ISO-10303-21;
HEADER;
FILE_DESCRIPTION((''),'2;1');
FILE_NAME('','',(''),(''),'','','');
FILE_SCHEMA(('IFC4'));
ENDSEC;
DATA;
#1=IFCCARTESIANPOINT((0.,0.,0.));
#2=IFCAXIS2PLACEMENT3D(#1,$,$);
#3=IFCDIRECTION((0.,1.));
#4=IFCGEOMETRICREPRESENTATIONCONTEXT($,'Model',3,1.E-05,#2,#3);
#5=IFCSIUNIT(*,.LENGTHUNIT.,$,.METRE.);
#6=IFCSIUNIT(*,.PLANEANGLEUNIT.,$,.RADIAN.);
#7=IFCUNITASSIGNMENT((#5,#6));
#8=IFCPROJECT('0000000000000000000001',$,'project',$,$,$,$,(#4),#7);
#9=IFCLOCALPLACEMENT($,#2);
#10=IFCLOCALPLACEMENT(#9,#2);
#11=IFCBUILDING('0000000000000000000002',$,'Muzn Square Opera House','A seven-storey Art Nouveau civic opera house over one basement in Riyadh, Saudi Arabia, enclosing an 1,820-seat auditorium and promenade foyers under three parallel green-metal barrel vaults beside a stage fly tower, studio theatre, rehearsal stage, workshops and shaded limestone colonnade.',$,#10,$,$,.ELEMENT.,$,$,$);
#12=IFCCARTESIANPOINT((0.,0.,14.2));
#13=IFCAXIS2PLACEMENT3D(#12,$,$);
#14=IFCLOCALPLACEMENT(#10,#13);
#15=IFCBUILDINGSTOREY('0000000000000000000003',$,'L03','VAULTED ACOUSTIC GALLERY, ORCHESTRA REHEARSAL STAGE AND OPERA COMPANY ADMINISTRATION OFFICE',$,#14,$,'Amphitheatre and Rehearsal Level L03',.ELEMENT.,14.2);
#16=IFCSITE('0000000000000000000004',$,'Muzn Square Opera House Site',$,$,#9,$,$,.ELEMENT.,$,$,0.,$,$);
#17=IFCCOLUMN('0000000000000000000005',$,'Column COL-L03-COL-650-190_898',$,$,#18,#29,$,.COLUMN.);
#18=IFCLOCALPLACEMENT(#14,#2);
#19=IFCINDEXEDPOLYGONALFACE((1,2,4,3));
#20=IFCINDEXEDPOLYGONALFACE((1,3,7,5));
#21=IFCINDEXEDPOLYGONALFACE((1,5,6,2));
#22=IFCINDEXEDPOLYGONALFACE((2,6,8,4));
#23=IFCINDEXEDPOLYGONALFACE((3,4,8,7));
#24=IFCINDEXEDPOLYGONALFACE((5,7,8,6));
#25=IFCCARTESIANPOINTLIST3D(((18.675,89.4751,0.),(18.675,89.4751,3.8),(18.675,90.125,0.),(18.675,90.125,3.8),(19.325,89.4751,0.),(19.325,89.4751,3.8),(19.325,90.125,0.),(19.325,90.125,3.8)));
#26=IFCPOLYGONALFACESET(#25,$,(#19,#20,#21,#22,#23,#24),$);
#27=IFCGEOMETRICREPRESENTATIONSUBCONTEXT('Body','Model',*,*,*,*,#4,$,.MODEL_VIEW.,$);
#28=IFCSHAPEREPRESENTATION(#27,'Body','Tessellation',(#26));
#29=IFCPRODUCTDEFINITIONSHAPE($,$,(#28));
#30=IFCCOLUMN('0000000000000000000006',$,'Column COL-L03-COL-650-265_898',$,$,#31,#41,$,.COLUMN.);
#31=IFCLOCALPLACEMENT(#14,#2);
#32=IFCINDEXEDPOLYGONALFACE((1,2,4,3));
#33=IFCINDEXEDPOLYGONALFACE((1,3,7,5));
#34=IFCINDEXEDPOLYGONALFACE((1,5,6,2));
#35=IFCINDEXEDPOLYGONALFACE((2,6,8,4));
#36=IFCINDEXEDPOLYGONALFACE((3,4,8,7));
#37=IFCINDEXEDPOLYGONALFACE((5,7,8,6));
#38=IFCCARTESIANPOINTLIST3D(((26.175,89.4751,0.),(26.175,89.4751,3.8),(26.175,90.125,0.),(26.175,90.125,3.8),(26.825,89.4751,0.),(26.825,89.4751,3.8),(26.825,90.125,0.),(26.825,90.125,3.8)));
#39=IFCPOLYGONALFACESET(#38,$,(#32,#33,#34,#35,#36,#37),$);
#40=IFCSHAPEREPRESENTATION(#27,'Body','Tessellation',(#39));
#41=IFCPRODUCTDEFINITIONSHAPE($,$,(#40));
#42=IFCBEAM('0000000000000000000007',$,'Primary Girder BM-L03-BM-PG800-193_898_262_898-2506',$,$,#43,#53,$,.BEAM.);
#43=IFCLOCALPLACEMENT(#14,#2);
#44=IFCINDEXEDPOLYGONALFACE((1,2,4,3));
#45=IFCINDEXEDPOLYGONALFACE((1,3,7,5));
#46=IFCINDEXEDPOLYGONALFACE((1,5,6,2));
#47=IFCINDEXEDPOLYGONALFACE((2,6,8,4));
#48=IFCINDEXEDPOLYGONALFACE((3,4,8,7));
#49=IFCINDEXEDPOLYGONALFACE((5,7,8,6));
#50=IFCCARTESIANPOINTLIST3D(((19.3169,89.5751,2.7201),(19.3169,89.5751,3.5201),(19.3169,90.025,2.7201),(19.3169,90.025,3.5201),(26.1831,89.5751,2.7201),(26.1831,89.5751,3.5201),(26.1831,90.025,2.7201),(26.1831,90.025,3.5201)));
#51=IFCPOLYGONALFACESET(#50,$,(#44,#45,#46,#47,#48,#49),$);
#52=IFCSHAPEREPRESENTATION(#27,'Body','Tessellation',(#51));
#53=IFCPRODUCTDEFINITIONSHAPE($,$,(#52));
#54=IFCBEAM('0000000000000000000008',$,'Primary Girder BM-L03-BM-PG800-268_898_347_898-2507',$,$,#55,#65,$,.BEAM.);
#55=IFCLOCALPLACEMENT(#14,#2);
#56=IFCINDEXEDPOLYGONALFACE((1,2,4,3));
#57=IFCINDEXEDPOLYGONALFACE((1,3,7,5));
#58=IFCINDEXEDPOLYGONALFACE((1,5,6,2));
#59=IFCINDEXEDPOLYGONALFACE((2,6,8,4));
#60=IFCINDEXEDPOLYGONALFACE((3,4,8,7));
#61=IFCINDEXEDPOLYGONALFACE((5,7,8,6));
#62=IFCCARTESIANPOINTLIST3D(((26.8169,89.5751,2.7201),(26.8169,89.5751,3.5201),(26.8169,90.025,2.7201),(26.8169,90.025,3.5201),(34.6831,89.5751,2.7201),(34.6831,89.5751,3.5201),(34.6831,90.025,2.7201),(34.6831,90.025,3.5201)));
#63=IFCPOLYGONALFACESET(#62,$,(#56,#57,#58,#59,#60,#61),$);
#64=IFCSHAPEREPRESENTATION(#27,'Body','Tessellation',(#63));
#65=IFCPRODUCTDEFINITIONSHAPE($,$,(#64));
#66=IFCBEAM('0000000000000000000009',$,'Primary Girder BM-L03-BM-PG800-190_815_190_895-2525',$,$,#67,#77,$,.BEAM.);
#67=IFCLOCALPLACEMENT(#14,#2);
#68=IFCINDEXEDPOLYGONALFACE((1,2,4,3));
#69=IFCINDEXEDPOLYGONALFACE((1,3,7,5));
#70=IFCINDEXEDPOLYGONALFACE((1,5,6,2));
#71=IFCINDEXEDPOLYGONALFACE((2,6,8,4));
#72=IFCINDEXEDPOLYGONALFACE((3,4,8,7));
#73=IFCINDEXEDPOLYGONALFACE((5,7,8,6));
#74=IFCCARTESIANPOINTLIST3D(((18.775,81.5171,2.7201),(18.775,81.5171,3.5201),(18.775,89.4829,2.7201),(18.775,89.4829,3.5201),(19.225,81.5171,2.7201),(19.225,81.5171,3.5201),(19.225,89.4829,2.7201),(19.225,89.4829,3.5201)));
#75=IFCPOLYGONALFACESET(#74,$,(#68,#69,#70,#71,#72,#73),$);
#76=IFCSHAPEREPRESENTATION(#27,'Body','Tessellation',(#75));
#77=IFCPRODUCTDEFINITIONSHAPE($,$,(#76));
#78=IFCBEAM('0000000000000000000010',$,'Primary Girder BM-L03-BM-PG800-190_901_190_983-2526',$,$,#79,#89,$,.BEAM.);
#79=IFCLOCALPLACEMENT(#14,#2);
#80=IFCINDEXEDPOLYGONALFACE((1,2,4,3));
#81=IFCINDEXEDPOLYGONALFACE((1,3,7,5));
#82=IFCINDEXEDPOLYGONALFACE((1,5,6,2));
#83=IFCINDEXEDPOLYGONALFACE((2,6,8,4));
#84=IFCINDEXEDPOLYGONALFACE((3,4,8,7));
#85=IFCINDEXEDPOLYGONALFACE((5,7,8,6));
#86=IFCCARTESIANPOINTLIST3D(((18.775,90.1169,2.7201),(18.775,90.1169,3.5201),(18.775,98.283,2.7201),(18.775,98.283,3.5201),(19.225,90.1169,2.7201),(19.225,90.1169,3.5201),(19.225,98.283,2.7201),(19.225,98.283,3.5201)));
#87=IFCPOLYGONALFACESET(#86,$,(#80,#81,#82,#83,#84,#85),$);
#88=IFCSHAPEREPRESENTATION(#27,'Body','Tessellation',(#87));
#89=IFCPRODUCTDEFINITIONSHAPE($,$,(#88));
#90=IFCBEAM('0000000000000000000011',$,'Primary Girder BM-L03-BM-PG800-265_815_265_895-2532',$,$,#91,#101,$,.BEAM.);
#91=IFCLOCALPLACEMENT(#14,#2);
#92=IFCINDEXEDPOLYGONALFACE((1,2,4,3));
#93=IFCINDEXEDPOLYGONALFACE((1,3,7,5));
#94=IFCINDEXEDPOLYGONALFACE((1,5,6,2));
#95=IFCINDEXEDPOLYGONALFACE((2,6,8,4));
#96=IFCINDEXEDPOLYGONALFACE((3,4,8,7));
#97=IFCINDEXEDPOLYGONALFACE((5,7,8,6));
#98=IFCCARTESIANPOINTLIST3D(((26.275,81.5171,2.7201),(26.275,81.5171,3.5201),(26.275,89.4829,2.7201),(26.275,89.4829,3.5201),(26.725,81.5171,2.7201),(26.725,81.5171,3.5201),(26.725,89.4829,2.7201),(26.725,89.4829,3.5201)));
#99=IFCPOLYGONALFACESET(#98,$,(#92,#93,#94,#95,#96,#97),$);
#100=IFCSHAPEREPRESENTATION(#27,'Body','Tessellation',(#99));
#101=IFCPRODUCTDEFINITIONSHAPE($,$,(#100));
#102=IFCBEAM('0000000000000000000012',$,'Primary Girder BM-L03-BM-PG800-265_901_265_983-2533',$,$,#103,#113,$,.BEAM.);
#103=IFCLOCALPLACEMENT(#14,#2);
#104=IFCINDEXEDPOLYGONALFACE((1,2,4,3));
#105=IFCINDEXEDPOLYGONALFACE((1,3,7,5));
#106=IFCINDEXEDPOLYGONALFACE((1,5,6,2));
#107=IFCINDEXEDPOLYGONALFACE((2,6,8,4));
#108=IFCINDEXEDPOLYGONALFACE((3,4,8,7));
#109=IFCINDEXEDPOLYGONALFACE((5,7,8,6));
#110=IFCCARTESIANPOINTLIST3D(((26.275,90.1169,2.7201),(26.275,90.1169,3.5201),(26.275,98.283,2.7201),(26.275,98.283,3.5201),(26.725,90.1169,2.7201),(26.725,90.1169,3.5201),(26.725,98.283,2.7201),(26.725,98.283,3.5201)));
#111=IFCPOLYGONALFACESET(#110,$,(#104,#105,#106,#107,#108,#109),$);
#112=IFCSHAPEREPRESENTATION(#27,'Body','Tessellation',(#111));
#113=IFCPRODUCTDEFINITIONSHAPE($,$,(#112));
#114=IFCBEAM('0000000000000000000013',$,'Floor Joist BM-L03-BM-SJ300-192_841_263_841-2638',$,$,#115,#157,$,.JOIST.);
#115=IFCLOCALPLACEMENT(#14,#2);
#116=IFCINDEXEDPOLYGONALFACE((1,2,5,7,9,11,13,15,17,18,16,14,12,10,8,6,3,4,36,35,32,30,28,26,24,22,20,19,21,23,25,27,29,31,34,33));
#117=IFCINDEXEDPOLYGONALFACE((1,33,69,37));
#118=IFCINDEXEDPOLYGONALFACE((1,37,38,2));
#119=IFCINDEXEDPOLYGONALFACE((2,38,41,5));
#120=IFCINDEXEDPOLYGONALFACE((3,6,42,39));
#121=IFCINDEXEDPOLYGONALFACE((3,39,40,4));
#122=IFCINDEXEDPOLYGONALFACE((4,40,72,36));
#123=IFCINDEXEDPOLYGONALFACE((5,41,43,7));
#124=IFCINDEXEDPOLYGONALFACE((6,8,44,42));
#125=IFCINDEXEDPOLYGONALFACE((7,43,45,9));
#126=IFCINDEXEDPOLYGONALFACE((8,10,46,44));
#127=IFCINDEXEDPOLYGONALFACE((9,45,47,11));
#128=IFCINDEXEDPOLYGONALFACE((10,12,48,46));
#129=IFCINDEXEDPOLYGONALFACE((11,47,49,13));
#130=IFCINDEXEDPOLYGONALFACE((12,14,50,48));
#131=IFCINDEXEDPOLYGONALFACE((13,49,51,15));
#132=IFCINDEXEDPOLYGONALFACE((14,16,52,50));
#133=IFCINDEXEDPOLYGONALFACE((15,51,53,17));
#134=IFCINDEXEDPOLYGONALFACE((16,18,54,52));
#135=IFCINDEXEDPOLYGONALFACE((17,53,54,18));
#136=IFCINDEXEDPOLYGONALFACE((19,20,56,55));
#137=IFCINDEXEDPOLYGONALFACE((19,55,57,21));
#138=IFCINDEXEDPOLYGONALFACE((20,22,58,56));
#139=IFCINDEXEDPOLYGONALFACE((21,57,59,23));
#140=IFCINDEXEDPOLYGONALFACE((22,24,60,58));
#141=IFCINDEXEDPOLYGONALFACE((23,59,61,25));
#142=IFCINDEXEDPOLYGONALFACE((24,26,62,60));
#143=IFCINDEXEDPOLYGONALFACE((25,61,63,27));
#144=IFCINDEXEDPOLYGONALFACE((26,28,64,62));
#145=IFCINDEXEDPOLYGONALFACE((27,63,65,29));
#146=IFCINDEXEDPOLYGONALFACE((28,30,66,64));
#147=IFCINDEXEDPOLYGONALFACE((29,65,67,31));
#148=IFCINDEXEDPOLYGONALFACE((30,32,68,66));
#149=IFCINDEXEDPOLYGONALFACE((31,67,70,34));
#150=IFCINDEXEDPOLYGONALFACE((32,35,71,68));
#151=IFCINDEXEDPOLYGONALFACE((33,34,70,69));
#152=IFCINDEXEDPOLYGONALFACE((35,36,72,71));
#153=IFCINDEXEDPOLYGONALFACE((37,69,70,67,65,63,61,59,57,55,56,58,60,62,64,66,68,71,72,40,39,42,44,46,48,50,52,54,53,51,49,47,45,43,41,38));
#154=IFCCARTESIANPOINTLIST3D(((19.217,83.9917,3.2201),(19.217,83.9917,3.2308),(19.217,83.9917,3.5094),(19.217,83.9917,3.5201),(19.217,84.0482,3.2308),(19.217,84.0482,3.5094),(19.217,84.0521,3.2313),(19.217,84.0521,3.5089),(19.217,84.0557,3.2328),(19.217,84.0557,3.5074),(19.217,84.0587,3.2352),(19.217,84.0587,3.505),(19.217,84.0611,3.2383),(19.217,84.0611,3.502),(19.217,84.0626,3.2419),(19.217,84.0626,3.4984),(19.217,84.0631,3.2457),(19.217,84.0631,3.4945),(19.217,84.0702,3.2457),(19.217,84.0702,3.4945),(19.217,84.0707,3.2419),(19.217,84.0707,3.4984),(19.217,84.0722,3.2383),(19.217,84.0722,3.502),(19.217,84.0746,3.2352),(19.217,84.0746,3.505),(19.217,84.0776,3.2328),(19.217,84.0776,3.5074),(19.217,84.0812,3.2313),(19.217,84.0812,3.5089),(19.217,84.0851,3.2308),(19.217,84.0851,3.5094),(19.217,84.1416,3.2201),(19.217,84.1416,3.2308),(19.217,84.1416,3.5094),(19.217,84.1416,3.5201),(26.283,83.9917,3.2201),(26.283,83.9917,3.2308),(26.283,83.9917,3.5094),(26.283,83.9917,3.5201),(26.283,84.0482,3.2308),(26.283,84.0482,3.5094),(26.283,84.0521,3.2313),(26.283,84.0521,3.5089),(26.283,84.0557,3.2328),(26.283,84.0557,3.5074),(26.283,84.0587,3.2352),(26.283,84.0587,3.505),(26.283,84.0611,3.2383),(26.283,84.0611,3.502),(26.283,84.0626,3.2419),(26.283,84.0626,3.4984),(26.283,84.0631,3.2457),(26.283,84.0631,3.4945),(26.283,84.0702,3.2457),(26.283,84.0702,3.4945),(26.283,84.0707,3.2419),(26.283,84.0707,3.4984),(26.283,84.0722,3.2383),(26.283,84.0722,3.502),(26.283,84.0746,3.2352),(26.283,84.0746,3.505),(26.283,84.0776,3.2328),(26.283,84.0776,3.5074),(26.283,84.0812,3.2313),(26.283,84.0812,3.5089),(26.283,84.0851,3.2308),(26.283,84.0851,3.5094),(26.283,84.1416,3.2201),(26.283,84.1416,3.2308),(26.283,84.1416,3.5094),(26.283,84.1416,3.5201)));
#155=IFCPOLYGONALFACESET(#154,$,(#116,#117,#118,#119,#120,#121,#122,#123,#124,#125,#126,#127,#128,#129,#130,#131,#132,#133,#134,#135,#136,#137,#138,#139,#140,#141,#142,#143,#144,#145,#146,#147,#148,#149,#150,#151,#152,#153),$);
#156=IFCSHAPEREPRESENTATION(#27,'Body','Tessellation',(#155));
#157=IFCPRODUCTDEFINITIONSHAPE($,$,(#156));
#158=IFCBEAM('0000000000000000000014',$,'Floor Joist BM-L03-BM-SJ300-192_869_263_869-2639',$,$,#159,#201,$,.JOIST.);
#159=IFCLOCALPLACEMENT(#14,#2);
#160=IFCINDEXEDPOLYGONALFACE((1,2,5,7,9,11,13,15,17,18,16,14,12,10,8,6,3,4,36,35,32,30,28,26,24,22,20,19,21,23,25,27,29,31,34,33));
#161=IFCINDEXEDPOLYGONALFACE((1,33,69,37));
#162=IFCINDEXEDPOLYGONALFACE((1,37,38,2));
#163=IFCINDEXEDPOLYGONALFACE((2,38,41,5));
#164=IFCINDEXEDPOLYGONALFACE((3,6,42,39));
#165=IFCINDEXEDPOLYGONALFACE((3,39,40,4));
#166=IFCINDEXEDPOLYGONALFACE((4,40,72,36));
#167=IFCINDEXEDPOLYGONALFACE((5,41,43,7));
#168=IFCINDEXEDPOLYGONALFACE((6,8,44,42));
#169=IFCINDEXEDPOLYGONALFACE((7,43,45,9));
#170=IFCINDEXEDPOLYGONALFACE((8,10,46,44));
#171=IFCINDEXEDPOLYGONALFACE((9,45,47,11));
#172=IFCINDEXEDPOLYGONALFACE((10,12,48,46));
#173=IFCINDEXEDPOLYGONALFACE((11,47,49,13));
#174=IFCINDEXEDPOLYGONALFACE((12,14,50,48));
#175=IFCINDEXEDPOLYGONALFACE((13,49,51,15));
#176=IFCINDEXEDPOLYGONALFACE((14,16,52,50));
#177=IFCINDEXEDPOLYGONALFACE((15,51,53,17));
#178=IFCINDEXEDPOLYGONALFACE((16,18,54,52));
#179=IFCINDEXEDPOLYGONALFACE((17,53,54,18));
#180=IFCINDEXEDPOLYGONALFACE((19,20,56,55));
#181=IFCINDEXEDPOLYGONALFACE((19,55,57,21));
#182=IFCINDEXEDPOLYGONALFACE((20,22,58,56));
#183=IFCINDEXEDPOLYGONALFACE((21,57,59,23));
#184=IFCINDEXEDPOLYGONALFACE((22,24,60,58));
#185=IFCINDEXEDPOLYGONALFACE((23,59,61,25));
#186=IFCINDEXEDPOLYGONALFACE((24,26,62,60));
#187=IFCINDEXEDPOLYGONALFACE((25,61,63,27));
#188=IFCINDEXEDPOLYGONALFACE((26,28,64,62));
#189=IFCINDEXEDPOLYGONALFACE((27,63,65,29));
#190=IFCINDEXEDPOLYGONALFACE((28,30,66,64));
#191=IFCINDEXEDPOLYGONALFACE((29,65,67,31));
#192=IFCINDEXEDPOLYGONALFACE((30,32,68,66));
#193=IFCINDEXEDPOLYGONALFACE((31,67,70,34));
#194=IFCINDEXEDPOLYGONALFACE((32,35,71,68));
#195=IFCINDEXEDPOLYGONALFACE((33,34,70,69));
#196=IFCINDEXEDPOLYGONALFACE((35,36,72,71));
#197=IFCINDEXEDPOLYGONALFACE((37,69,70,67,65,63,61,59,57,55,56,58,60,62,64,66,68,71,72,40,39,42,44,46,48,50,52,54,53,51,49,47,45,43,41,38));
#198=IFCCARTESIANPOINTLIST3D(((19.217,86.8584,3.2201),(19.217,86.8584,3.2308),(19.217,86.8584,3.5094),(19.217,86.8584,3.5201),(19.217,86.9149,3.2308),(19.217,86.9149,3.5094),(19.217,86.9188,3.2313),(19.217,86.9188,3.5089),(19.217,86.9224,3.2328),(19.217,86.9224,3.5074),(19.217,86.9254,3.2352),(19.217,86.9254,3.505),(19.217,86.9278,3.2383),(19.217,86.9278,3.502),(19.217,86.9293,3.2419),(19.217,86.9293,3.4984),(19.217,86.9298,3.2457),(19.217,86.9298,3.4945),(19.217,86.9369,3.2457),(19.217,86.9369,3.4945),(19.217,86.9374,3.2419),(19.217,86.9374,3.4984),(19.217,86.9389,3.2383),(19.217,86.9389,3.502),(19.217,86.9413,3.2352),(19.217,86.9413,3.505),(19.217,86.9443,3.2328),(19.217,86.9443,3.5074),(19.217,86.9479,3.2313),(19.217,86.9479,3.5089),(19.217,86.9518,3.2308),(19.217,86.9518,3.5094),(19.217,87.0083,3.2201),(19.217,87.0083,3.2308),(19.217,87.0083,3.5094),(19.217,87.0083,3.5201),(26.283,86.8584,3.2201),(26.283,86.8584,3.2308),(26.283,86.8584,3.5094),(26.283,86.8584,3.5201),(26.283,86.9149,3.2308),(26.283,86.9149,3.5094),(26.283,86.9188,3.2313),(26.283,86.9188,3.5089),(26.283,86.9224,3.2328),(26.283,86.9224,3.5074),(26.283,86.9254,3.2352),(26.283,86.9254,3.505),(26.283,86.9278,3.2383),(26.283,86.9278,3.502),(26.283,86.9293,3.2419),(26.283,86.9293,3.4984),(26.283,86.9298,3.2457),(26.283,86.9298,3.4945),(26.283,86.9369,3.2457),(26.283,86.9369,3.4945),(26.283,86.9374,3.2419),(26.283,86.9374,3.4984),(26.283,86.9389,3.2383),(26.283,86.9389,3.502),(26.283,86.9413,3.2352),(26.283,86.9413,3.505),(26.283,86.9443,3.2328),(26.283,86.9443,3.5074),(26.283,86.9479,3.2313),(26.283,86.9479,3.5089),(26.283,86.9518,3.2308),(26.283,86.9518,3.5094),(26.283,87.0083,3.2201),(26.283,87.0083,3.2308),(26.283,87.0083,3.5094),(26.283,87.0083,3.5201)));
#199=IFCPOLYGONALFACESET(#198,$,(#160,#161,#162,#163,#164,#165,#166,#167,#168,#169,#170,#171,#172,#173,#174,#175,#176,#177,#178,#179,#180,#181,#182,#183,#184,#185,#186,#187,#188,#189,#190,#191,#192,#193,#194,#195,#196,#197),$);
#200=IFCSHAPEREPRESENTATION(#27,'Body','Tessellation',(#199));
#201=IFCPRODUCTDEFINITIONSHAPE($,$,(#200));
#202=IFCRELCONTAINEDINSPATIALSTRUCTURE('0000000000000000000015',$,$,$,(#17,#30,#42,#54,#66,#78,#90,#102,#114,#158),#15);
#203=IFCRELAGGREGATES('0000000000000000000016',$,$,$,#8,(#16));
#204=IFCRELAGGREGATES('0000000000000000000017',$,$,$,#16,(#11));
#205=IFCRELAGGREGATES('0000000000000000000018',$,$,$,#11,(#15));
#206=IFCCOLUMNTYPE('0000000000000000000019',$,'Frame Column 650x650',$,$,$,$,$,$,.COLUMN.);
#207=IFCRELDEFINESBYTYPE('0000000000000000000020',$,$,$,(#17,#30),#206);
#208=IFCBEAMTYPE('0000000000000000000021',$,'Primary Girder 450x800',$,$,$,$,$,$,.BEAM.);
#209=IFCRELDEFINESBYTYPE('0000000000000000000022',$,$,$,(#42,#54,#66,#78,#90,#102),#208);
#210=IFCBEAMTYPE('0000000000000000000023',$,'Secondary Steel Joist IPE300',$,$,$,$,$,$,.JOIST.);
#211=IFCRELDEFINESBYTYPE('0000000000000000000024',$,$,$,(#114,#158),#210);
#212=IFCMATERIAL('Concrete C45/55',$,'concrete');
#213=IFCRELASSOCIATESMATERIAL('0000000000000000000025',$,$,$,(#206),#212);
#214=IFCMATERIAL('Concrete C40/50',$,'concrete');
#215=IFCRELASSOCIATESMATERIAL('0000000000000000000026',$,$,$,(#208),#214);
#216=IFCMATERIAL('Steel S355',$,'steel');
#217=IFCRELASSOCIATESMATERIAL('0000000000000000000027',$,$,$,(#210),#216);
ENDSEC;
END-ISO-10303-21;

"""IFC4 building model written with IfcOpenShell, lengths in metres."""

from ifc_helpers import new_model, si_unit, direction, frame, origin, origin_2d, place, context, subcontext, project, spatial, rectangle, i_section, extrude, material, material_profile, profile_set, type_object, element, save


model = new_model("IFC4")

# Units and contexts
model_context = context("Model", 3, precision=1e-05, world=origin(), true_north=direction((0.0, 1.0)))
body_context = subcontext(model_context, "Body", "Model", "MODEL_VIEW")
ifc_project = project(units=[si_unit("LENGTHUNIT", "METRE"), si_unit("PLANEANGLEUNIT", "RADIAN")], contexts=[model_context])

# Site, building, storey
site_placement = place(None, origin())
site = spatial("IfcSite", under=ifc_project, at=site_placement, Name="Muzn Square Opera House Site", CompositionType="ELEMENT", RefElevation=0.0)
building_placement = place(site_placement, origin())
building = spatial("IfcBuilding", under=site, at=building_placement, Name="Muzn Square Opera House", Description="A seven-storey Art Nouveau civic opera house over one basement in Riyadh, Saudi Arabia, enclosing an 1,820-seat auditorium and promenade foyers under three parallel green-metal barrel vaults beside a stage fly tower, studio theatre, rehearsal stage, workshops and shaded limestone colonnade.", CompositionType="ELEMENT")
storey_placement = place(building_placement, frame((0.0, 0.0, 14.2)))
storey = spatial("IfcBuildingStorey", under=building, at=storey_placement, Name="L03", Description="VAULTED ACOUSTIC GALLERY, ORCHESTRA REHEARSAL STAGE AND OPERA COMPANY ADMINISTRATION OFFICE", LongName="Amphitheatre and Rehearsal Level L03", CompositionType="ELEMENT", Elevation=14.2)

# Columns
ifc_material_1 = material(Name="Concrete C45/55", Category="concrete")
ifc_material_profile_1 = material_profile(ifc_material_1, rectangle(XDim=0.6499, YDim=0.6499, at=origin_2d()), Name="RC 650x650", Category="concrete")
ifc_profile_set_1 = profile_set([ifc_material_profile_1], Name="Concrete C45/55")
column_type = type_object("IfcColumnType", Name="Frame Column 650x650", PredefinedType="COLUMN", material=ifc_profile_set_1)
for number, where, z_axis, x_axis, name in (
    (1, (19.0, 89.8, 0.0), (0.0, 0.0, 1.0), (1.0, 0.0, 0.0), "Column COL-L03-COL-650-190_898"),
    (2, (26.5, 89.8, 0.0), (0.0, 0.0, 1.0), (1.0, 0.0, 0.0), "Column COL-L03-COL-650-265_898"),
):
    element("IfcColumn", number, at=place(storey_placement, frame(where, z_axis=z_axis, x_axis=x_axis)), inside=storey, type_object=column_type, Name=name, PredefinedType="COLUMN", context=body_context, shape_type="SweptSolid", body=[
        extrude(rectangle(XDim=0.6499, YDim=0.6499, at=origin_2d()), origin(), (0.0, 0.0, 1.0), 3.8),
    ])

# Beams
ifc_material_2 = material(Name="Concrete C40/50", Category="concrete")
ifc_material_profile_2 = material_profile(ifc_material_2, rectangle(XDim=0.45, YDim=0.8, at=origin_2d()), Name="RCB 450x800", Category="concrete")
ifc_profile_set_2 = profile_set([ifc_material_profile_2], Name="Concrete C40/50")
beam_type_1 = type_object("IfcBeamType", Name="Primary Girder 450x800", PredefinedType="BEAM", material=ifc_profile_set_2)
beam_1_placement = place(storey_placement, frame((19.3169, 89.8, 3.1201), z_axis=(1.0, 0.0, 0.0), x_axis=(0.0, 1.0, 0.0)))
element("IfcBeam", 3, at=beam_1_placement, inside=storey, type_object=beam_type_1, Name="Primary Girder BM-L03-BM-PG800-193_898_262_898-2506", PredefinedType="BEAM", context=body_context, shape_type="SweptSolid", body=[
    extrude(rectangle(XDim=0.45, YDim=0.8, at=origin_2d()), origin(), (0.0, 0.0, 1.0), 6.8662),
])
beam_2_placement = place(storey_placement, frame((26.8169, 89.8, 3.1201), z_axis=(1.0, 0.0, 0.0), x_axis=(0.0, 1.0, 0.0)))
element("IfcBeam", 4, at=beam_2_placement, inside=storey, type_object=beam_type_1, Name="Primary Girder BM-L03-BM-PG800-268_898_347_898-2507", PredefinedType="BEAM", context=body_context, shape_type="SweptSolid", body=[
    extrude(rectangle(XDim=0.45, YDim=0.8, at=origin_2d()), origin(), (0.0, 0.0, 1.0), 7.8662),
])
beam_3_placement = place(storey_placement, frame((19.0, 81.5171, 3.1201), z_axis=(0.0, 1.0, 0.0), x_axis=(-1.0, 0.0, 0.0)))
element("IfcBeam", 5, at=beam_3_placement, inside=storey, type_object=beam_type_1, Name="Primary Girder BM-L03-BM-PG800-190_815_190_895-2525", PredefinedType="BEAM", context=body_context, shape_type="SweptSolid", body=[
    extrude(rectangle(XDim=0.45, YDim=0.8, at=origin_2d()), origin(), (0.0, 0.0, 1.0), 7.9658),
])
beam_4_placement = place(storey_placement, frame((19.0, 90.1169, 3.1201), z_axis=(0.0, 1.0, 0.0), x_axis=(-1.0, 0.0, 0.0)))
element("IfcBeam", 6, at=beam_4_placement, inside=storey, type_object=beam_type_1, Name="Primary Girder BM-L03-BM-PG800-190_901_190_983-2526", PredefinedType="BEAM", context=body_context, shape_type="SweptSolid", body=[
    extrude(rectangle(XDim=0.45, YDim=0.8, at=origin_2d()), origin(), (0.0, 0.0, 1.0), 8.166),
])
beam_5_placement = place(storey_placement, frame((26.5, 81.5171, 3.1201), z_axis=(0.0, 1.0, 0.0), x_axis=(-1.0, 0.0, 0.0)))
element("IfcBeam", 7, at=beam_5_placement, inside=storey, type_object=beam_type_1, Name="Primary Girder BM-L03-BM-PG800-265_815_265_895-2532", PredefinedType="BEAM", context=body_context, shape_type="SweptSolid", body=[
    extrude(rectangle(XDim=0.45, YDim=0.8, at=origin_2d()), origin(), (0.0, 0.0, 1.0), 7.9658),
])
beam_6_placement = place(storey_placement, frame((26.5, 90.1169, 3.1201), z_axis=(0.0, 1.0, 0.0), x_axis=(-1.0, 0.0, 0.0)))
element("IfcBeam", 8, at=beam_6_placement, inside=storey, type_object=beam_type_1, Name="Primary Girder BM-L03-BM-PG800-265_901_265_983-2533", PredefinedType="BEAM", context=body_context, shape_type="SweptSolid", body=[
    extrude(rectangle(XDim=0.45, YDim=0.8, at=origin_2d()), origin(), (0.0, 0.0, 1.0), 8.166),
])
ifc_material_3 = material(Name="Steel S355", Category="steel")
ifc_material_profile_3 = material_profile(ifc_material_3, i_section(OverallWidth=0.1499, OverallDepth=0.3, WebThickness=0.0071, FlangeThickness=0.0107, FilletRadius=0.0149, at=origin_2d()), Name="IPE 300", Category="steel")
ifc_profile_set_3 = profile_set([ifc_material_profile_3], Name="Steel S355")
beam_type_2 = type_object("IfcBeamType", Name="Secondary Steel Joist IPE300", PredefinedType="JOIST", material=ifc_profile_set_3)
for number, where, z_axis, x_axis, name in (
    (9, (19.217, 84.0667, 3.3701), (1.0, 0.0, 0.0), (0.0, 1.0, 0.0), "Floor Joist BM-L03-BM-SJ300-192_841_263_841-2638"),
    (10, (19.217, 86.9333, 3.3701), (1.0, 0.0, 0.0), (0.0, 1.0, 0.0), "Floor Joist BM-L03-BM-SJ300-192_869_263_869-2639"),
):
    element("IfcBeam", number, at=place(storey_placement, frame(where, z_axis=z_axis, x_axis=x_axis)), inside=storey, type_object=beam_type_2, Name=name, PredefinedType="JOIST", context=body_context, shape_type="SweptSolid", body=[
        extrude(i_section(OverallWidth=0.1499, OverallDepth=0.3, WebThickness=0.0071, FlangeThickness=0.0107, FilletRadius=0.0149, at=origin_2d()), origin(), (0.0, 0.0, 1.0), 7.0659),
    ])

save(model, "model.ifc")
